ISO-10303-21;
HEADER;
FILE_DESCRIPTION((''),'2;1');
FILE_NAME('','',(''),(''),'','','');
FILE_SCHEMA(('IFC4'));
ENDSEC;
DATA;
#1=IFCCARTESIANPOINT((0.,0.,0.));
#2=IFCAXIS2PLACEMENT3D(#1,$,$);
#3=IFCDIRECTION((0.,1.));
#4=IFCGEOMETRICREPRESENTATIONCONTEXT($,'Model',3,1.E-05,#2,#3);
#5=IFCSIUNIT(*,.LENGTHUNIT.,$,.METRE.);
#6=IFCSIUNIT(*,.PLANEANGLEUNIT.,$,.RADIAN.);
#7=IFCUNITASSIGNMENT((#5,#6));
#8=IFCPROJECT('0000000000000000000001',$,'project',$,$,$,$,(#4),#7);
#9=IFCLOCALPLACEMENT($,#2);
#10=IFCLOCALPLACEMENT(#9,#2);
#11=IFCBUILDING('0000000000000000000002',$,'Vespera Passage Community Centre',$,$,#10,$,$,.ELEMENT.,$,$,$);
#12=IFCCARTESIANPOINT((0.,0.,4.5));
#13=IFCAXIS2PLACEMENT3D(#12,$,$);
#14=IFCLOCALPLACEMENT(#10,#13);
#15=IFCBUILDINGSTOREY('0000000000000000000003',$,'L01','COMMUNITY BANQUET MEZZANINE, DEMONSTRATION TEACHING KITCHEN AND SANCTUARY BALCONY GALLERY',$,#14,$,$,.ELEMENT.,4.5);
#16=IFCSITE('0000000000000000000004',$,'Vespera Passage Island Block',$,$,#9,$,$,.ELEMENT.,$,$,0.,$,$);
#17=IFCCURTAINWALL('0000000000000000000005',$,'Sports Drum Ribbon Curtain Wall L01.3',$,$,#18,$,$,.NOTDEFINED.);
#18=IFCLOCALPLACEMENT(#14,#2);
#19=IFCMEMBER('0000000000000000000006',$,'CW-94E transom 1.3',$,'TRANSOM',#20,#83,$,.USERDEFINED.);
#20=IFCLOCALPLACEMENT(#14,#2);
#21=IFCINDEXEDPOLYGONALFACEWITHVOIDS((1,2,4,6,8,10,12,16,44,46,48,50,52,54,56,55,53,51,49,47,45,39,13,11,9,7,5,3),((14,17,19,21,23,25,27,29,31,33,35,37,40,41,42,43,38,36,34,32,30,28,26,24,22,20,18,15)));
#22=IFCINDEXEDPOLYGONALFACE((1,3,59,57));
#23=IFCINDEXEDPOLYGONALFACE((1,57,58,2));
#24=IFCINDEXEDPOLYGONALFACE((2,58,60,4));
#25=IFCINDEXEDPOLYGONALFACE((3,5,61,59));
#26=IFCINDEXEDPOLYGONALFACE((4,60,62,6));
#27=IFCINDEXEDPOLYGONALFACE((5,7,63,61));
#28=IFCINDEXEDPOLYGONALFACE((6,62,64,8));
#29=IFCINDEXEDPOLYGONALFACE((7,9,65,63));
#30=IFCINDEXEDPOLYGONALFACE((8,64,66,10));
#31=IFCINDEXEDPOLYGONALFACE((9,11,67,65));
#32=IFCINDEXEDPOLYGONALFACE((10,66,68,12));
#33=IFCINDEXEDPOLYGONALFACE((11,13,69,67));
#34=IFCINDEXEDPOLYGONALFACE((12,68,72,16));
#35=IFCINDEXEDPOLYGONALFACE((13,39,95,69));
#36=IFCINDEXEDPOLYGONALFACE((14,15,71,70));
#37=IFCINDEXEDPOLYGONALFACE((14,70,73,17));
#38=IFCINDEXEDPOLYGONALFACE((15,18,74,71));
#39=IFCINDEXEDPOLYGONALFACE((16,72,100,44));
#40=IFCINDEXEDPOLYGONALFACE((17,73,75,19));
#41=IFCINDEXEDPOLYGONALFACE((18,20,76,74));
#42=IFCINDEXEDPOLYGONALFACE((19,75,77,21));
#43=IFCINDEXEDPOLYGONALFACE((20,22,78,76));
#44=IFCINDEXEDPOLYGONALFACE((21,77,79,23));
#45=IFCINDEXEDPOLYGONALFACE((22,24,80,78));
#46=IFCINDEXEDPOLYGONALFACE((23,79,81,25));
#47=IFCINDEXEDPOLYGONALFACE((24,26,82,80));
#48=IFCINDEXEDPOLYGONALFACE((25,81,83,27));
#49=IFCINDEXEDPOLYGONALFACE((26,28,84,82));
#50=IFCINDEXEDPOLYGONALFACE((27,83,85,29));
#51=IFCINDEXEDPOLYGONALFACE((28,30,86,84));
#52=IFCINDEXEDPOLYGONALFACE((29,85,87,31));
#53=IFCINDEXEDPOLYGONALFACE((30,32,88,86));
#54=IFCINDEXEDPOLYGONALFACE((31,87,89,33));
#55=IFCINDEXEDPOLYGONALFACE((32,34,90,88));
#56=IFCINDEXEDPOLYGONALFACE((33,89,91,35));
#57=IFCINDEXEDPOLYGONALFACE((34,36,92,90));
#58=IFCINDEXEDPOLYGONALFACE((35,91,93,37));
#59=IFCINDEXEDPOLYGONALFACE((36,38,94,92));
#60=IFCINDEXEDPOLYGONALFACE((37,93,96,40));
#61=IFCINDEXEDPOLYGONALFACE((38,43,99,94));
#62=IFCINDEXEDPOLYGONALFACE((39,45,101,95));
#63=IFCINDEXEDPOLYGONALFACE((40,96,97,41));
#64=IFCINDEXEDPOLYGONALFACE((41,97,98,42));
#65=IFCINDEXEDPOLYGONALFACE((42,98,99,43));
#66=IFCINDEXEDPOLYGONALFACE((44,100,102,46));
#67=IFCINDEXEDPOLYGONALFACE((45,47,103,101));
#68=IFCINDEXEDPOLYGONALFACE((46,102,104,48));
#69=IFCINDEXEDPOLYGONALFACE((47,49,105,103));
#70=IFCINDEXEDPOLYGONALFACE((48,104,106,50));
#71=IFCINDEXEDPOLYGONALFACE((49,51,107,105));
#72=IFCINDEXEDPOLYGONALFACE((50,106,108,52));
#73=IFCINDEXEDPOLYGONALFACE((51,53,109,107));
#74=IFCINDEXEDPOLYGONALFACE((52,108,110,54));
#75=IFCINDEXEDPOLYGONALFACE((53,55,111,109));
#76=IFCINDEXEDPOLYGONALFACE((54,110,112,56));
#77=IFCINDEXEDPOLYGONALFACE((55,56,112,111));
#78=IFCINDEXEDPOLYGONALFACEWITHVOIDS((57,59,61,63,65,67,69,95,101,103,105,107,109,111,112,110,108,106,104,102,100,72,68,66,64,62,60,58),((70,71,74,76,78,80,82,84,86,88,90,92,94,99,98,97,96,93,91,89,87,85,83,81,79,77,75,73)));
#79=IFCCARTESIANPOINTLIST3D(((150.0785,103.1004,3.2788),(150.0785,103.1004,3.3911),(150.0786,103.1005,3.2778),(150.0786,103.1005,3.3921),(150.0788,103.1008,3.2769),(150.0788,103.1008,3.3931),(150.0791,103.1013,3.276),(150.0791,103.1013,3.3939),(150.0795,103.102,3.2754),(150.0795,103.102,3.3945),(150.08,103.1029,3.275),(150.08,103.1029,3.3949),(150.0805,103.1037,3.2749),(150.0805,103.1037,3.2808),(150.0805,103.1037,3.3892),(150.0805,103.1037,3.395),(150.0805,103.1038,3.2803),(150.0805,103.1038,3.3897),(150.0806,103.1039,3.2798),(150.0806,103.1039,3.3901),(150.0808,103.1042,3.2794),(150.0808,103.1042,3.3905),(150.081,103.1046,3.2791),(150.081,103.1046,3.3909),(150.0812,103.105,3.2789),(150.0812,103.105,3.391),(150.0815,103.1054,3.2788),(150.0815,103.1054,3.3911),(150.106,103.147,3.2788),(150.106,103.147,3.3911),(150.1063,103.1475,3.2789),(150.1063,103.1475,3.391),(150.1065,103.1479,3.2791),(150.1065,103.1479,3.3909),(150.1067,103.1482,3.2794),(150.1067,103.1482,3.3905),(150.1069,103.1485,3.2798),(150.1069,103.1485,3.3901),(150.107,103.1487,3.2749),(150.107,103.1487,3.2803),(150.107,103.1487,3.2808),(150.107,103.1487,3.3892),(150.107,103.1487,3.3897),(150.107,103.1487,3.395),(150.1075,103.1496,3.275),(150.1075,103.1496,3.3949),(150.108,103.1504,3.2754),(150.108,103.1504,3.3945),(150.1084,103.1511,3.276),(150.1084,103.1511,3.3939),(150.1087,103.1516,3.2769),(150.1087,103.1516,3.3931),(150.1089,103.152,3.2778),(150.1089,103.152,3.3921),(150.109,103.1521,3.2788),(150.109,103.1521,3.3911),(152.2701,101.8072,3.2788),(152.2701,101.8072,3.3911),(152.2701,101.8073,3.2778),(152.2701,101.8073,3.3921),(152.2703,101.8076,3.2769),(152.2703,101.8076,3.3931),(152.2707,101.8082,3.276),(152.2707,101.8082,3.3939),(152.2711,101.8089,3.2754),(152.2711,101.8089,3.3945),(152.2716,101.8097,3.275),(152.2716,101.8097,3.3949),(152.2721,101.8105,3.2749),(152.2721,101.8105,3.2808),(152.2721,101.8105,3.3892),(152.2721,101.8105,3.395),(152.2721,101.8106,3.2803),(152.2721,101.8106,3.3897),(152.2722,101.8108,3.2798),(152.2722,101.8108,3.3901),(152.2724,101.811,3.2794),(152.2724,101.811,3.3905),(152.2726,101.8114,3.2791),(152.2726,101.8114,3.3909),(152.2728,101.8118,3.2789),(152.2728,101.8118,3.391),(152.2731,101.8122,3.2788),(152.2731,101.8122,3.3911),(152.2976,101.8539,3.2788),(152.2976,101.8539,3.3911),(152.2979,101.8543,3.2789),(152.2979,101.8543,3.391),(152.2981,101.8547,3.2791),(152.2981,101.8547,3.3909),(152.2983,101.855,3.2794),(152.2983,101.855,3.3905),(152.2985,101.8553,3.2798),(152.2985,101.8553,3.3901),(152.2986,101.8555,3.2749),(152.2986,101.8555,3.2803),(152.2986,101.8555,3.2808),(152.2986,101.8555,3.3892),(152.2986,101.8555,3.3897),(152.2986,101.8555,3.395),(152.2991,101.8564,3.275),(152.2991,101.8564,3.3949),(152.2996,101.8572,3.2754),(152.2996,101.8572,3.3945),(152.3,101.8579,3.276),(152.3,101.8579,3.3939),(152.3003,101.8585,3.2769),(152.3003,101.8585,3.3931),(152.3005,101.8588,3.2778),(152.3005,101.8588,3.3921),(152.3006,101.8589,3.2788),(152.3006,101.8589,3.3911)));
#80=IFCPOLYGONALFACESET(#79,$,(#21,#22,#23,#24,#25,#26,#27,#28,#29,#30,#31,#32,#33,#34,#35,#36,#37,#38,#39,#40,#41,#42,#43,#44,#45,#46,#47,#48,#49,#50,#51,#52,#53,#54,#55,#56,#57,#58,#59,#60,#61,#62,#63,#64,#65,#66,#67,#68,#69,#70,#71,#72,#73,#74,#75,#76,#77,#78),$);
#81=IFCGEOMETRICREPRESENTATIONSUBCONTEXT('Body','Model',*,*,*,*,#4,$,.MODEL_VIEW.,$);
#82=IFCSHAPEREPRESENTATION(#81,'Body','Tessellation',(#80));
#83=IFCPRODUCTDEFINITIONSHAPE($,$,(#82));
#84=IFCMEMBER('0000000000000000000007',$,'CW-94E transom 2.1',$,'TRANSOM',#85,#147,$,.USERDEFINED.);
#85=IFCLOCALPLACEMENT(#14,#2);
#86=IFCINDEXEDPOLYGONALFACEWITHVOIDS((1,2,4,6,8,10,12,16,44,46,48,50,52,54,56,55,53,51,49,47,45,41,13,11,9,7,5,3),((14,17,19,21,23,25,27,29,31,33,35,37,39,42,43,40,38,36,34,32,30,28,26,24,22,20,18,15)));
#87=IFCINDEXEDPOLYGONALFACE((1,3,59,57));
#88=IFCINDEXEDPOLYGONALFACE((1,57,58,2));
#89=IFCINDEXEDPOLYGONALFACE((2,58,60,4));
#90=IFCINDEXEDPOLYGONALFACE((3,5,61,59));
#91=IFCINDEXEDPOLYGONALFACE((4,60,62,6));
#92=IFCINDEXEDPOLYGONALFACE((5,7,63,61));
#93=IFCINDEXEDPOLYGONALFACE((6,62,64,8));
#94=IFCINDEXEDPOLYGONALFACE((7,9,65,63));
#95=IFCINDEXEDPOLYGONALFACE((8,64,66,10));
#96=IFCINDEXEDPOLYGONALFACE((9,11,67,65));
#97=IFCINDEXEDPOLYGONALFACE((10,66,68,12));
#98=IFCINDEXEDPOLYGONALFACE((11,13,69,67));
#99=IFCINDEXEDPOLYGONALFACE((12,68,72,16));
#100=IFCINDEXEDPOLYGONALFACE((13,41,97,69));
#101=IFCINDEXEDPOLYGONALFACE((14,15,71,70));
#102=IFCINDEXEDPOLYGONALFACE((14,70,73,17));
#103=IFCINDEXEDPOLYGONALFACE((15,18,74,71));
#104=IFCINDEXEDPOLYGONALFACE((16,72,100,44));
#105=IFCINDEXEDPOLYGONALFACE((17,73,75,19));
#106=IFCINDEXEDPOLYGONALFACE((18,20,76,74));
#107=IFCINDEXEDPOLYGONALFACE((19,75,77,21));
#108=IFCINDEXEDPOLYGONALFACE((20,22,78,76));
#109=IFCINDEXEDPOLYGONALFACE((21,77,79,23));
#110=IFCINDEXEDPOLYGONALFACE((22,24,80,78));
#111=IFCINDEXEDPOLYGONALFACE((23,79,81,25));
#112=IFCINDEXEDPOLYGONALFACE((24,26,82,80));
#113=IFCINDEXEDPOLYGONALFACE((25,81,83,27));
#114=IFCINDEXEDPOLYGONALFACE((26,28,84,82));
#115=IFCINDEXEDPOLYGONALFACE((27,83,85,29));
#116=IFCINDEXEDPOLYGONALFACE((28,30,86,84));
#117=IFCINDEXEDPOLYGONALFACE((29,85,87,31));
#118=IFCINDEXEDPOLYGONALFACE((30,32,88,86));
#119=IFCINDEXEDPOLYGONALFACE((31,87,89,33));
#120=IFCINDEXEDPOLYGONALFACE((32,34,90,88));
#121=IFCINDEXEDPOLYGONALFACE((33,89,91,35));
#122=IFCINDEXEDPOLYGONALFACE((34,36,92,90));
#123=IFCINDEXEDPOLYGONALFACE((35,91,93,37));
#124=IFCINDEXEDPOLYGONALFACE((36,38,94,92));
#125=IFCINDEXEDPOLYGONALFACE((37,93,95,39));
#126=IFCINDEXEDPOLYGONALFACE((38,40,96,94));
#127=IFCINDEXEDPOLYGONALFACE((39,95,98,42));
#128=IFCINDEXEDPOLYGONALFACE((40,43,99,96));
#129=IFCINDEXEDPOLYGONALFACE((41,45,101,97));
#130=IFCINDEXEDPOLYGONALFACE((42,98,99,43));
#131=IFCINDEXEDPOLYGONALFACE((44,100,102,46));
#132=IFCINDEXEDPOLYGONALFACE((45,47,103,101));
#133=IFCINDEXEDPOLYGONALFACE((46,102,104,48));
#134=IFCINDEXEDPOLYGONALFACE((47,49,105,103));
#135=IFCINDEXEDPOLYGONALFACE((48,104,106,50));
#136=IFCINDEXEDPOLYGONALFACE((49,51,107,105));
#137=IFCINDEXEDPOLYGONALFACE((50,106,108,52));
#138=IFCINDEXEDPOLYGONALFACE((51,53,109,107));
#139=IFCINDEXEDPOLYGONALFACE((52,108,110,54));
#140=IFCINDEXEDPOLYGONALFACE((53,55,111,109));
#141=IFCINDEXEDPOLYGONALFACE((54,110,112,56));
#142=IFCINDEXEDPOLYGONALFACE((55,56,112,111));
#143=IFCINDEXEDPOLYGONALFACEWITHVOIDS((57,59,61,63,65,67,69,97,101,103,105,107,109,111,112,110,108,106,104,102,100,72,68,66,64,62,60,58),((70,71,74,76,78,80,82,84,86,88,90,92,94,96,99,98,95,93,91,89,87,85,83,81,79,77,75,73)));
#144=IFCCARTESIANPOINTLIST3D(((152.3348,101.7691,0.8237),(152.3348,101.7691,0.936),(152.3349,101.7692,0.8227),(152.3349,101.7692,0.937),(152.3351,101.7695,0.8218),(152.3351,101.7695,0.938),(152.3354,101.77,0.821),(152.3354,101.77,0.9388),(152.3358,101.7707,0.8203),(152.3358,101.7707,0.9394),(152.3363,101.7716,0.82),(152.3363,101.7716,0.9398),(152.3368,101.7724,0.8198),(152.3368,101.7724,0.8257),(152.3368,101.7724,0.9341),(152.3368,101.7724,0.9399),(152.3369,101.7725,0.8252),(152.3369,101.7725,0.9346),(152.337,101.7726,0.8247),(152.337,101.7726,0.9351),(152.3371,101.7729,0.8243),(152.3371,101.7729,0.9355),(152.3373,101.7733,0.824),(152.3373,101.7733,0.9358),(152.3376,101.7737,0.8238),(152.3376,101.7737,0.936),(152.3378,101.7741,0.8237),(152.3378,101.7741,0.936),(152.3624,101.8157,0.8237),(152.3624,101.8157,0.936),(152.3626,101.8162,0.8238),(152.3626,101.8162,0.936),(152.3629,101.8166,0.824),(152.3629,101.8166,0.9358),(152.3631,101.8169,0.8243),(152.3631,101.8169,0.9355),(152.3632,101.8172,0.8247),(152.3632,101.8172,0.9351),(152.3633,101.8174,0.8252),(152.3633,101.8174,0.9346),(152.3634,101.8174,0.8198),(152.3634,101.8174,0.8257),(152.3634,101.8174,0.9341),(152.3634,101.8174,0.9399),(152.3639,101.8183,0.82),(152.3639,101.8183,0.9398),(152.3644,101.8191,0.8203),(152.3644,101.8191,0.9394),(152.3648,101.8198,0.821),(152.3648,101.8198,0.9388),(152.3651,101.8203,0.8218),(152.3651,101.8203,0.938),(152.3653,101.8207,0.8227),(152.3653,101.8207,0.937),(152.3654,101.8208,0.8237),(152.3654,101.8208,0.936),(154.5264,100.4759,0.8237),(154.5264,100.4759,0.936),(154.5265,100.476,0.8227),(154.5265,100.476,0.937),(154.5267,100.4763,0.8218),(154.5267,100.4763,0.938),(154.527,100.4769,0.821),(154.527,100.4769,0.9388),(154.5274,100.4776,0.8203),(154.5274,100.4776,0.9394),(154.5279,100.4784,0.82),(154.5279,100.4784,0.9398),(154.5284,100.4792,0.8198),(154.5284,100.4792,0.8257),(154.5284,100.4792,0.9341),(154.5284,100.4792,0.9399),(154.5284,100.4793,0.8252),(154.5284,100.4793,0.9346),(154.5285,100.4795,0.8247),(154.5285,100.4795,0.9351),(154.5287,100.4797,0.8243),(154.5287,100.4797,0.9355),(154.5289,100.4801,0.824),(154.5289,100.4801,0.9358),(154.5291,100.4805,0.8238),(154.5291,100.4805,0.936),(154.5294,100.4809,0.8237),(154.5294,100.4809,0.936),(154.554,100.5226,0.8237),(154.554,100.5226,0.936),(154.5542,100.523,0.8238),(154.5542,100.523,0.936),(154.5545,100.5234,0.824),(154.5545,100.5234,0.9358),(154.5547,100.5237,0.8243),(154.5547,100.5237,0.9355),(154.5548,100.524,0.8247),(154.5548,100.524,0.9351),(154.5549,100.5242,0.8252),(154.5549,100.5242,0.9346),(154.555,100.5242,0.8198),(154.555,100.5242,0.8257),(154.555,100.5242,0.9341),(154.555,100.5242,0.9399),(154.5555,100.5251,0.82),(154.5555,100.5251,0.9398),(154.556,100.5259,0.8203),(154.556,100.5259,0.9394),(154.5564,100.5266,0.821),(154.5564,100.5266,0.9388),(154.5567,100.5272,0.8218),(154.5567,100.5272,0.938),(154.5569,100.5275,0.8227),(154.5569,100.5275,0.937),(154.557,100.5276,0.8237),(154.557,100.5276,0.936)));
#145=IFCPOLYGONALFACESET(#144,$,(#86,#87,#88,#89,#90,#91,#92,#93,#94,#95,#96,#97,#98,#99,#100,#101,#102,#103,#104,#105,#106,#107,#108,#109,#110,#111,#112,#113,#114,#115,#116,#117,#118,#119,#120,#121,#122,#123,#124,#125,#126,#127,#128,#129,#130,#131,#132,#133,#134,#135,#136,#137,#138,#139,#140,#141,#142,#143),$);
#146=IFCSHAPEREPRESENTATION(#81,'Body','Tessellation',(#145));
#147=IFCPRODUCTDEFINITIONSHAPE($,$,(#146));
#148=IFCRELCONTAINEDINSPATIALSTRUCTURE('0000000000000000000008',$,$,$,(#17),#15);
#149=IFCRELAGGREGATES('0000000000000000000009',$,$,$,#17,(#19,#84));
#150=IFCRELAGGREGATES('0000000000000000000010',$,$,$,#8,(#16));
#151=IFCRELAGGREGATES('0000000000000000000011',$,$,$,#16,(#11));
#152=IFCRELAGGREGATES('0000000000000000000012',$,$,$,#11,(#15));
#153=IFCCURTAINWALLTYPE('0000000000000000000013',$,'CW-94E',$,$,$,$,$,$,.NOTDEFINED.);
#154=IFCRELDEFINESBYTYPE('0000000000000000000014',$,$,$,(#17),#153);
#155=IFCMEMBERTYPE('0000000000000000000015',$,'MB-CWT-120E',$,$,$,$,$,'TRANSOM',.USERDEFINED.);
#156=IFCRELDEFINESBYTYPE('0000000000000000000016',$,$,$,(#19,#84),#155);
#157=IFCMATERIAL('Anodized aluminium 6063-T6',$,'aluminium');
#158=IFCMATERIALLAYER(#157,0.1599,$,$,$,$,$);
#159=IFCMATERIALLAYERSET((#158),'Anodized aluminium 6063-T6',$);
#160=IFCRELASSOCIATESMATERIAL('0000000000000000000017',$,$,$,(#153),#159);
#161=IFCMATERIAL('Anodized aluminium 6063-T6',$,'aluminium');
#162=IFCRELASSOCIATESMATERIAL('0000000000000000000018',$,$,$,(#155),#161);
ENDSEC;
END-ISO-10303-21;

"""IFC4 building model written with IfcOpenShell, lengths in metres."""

from ifc_helpers import new_model, si_unit, direction, frame, origin, origin_2d, place, context, subcontext, project, spatial, hollow_rectangle, extrude, material, layer, layer_set, material_profile, profile_set, type_object, element, aggregate, save


model = new_model("IFC4")

# Units and contexts
model_context = context("Model", 3, precision=1e-05, world=origin(), true_north=direction((0.0, 1.0)))
body_context = subcontext(model_context, "Body", "Model", "MODEL_VIEW")
ifc_project = project(units=[si_unit("LENGTHUNIT", "METRE"), si_unit("PLANEANGLEUNIT", "RADIAN")], contexts=[model_context])

# Site, building, storey
site_placement = place(None, origin())
site = spatial("IfcSite", under=ifc_project, at=site_placement, Name="Vespera Passage Island Block", CompositionType="ELEMENT", RefElevation=0.0)
building_placement = place(site_placement, origin())
building = spatial("IfcBuilding", under=site, at=building_placement, Name="Vespera Passage Community Centre", CompositionType="ELEMENT")
storey_placement = place(building_placement, frame((0.0, 0.0, 4.5)))
storey = spatial("IfcBuildingStorey", under=building, at=storey_placement, Name="L01", Description="COMMUNITY BANQUET MEZZANINE, DEMONSTRATION TEACHING KITCHEN AND SANCTUARY BALCONY GALLERY", CompositionType="ELEMENT", Elevation=4.5)

# Curtain wall
ifc_material_1 = material(Name="Anodized aluminium 6063-T6", Category="aluminium")
ifc_layer_1 = layer(ifc_material_1, 0.1599)
ifc_layer_set_1 = layer_set([ifc_layer_1], Name="Anodized aluminium 6063-T6")
curtain_wall_type = type_object("IfcCurtainWallType", Name="CW-94E", PredefinedType="NOTDEFINED", material=ifc_layer_set_1)
curtain_wall_1_placement = place(storey_placement, origin())
curtain_wall_1 = element("IfcCurtainWall", 1, at=curtain_wall_1_placement, inside=storey, type_object=curtain_wall_type, Name="Sports Drum Ribbon Curtain Wall L01.3", PredefinedType="NOTDEFINED")

# Members
ifc_material_2 = material(Name="Anodized aluminium 6063-T6", Category="aluminium")
ifc_material_profile_1 = material_profile(ifc_material_2, hollow_rectangle(XDim=0.0601, YDim=0.1201, WallThickness=0.0039, InnerFilletRadius=0.002, OuterFilletRadius=0.0039, at=origin_2d()), Name="ALU120X60X4")
ifc_profile_set_1 = profile_set([ifc_material_profile_1], Name="Anodized aluminium 6063-T6")
member_type_1 = type_object("IfcMemberType", Name="MB-CWT-120E", ElementType="TRANSOM", PredefinedType="USERDEFINED", material=ifc_profile_set_1)
member_1_placement = place(storey_placement, frame((150.0938, 103.1262, 3.335), z_axis=(0.861245, -0.508189, 0.0), x_axis=(0.508189, 0.861245, 0.0)))
member_1 = element("IfcMember", 2, at=member_1_placement, type_object=member_type_1, Name="CW-94E transom 1.3", ObjectType="TRANSOM", PredefinedType="USERDEFINED", context=body_context, shape_type="SweptSolid", body=[
    extrude(hollow_rectangle(XDim=0.0601, YDim=0.1201, WallThickness=0.0039, InnerFilletRadius=0.002, OuterFilletRadius=0.0039, at=origin_2d()), origin(), (0.0, 0.0, 1.0), 2.5447),
])
member_2_placement = place(storey_placement, frame((152.3501, 101.7949, 0.8799), z_axis=(0.861245, -0.508189, 0.0), x_axis=(0.508189, 0.861245, 0.0)))
member_2 = element("IfcMember", 3, at=member_2_placement, type_object=member_type_1, Name="CW-94E transom 2.1", ObjectType="TRANSOM", PredefinedType="USERDEFINED", context=body_context, shape_type="SweptSolid", body=[
    extrude(hollow_rectangle(XDim=0.0601, YDim=0.1201, WallThickness=0.0039, InnerFilletRadius=0.002, OuterFilletRadius=0.0039, at=origin_2d()), origin(), (0.0, 0.0, 1.0), 2.5447),
])

aggregate(curtain_wall_1, [member_1, member_2])

save(model, "model.ifc")
